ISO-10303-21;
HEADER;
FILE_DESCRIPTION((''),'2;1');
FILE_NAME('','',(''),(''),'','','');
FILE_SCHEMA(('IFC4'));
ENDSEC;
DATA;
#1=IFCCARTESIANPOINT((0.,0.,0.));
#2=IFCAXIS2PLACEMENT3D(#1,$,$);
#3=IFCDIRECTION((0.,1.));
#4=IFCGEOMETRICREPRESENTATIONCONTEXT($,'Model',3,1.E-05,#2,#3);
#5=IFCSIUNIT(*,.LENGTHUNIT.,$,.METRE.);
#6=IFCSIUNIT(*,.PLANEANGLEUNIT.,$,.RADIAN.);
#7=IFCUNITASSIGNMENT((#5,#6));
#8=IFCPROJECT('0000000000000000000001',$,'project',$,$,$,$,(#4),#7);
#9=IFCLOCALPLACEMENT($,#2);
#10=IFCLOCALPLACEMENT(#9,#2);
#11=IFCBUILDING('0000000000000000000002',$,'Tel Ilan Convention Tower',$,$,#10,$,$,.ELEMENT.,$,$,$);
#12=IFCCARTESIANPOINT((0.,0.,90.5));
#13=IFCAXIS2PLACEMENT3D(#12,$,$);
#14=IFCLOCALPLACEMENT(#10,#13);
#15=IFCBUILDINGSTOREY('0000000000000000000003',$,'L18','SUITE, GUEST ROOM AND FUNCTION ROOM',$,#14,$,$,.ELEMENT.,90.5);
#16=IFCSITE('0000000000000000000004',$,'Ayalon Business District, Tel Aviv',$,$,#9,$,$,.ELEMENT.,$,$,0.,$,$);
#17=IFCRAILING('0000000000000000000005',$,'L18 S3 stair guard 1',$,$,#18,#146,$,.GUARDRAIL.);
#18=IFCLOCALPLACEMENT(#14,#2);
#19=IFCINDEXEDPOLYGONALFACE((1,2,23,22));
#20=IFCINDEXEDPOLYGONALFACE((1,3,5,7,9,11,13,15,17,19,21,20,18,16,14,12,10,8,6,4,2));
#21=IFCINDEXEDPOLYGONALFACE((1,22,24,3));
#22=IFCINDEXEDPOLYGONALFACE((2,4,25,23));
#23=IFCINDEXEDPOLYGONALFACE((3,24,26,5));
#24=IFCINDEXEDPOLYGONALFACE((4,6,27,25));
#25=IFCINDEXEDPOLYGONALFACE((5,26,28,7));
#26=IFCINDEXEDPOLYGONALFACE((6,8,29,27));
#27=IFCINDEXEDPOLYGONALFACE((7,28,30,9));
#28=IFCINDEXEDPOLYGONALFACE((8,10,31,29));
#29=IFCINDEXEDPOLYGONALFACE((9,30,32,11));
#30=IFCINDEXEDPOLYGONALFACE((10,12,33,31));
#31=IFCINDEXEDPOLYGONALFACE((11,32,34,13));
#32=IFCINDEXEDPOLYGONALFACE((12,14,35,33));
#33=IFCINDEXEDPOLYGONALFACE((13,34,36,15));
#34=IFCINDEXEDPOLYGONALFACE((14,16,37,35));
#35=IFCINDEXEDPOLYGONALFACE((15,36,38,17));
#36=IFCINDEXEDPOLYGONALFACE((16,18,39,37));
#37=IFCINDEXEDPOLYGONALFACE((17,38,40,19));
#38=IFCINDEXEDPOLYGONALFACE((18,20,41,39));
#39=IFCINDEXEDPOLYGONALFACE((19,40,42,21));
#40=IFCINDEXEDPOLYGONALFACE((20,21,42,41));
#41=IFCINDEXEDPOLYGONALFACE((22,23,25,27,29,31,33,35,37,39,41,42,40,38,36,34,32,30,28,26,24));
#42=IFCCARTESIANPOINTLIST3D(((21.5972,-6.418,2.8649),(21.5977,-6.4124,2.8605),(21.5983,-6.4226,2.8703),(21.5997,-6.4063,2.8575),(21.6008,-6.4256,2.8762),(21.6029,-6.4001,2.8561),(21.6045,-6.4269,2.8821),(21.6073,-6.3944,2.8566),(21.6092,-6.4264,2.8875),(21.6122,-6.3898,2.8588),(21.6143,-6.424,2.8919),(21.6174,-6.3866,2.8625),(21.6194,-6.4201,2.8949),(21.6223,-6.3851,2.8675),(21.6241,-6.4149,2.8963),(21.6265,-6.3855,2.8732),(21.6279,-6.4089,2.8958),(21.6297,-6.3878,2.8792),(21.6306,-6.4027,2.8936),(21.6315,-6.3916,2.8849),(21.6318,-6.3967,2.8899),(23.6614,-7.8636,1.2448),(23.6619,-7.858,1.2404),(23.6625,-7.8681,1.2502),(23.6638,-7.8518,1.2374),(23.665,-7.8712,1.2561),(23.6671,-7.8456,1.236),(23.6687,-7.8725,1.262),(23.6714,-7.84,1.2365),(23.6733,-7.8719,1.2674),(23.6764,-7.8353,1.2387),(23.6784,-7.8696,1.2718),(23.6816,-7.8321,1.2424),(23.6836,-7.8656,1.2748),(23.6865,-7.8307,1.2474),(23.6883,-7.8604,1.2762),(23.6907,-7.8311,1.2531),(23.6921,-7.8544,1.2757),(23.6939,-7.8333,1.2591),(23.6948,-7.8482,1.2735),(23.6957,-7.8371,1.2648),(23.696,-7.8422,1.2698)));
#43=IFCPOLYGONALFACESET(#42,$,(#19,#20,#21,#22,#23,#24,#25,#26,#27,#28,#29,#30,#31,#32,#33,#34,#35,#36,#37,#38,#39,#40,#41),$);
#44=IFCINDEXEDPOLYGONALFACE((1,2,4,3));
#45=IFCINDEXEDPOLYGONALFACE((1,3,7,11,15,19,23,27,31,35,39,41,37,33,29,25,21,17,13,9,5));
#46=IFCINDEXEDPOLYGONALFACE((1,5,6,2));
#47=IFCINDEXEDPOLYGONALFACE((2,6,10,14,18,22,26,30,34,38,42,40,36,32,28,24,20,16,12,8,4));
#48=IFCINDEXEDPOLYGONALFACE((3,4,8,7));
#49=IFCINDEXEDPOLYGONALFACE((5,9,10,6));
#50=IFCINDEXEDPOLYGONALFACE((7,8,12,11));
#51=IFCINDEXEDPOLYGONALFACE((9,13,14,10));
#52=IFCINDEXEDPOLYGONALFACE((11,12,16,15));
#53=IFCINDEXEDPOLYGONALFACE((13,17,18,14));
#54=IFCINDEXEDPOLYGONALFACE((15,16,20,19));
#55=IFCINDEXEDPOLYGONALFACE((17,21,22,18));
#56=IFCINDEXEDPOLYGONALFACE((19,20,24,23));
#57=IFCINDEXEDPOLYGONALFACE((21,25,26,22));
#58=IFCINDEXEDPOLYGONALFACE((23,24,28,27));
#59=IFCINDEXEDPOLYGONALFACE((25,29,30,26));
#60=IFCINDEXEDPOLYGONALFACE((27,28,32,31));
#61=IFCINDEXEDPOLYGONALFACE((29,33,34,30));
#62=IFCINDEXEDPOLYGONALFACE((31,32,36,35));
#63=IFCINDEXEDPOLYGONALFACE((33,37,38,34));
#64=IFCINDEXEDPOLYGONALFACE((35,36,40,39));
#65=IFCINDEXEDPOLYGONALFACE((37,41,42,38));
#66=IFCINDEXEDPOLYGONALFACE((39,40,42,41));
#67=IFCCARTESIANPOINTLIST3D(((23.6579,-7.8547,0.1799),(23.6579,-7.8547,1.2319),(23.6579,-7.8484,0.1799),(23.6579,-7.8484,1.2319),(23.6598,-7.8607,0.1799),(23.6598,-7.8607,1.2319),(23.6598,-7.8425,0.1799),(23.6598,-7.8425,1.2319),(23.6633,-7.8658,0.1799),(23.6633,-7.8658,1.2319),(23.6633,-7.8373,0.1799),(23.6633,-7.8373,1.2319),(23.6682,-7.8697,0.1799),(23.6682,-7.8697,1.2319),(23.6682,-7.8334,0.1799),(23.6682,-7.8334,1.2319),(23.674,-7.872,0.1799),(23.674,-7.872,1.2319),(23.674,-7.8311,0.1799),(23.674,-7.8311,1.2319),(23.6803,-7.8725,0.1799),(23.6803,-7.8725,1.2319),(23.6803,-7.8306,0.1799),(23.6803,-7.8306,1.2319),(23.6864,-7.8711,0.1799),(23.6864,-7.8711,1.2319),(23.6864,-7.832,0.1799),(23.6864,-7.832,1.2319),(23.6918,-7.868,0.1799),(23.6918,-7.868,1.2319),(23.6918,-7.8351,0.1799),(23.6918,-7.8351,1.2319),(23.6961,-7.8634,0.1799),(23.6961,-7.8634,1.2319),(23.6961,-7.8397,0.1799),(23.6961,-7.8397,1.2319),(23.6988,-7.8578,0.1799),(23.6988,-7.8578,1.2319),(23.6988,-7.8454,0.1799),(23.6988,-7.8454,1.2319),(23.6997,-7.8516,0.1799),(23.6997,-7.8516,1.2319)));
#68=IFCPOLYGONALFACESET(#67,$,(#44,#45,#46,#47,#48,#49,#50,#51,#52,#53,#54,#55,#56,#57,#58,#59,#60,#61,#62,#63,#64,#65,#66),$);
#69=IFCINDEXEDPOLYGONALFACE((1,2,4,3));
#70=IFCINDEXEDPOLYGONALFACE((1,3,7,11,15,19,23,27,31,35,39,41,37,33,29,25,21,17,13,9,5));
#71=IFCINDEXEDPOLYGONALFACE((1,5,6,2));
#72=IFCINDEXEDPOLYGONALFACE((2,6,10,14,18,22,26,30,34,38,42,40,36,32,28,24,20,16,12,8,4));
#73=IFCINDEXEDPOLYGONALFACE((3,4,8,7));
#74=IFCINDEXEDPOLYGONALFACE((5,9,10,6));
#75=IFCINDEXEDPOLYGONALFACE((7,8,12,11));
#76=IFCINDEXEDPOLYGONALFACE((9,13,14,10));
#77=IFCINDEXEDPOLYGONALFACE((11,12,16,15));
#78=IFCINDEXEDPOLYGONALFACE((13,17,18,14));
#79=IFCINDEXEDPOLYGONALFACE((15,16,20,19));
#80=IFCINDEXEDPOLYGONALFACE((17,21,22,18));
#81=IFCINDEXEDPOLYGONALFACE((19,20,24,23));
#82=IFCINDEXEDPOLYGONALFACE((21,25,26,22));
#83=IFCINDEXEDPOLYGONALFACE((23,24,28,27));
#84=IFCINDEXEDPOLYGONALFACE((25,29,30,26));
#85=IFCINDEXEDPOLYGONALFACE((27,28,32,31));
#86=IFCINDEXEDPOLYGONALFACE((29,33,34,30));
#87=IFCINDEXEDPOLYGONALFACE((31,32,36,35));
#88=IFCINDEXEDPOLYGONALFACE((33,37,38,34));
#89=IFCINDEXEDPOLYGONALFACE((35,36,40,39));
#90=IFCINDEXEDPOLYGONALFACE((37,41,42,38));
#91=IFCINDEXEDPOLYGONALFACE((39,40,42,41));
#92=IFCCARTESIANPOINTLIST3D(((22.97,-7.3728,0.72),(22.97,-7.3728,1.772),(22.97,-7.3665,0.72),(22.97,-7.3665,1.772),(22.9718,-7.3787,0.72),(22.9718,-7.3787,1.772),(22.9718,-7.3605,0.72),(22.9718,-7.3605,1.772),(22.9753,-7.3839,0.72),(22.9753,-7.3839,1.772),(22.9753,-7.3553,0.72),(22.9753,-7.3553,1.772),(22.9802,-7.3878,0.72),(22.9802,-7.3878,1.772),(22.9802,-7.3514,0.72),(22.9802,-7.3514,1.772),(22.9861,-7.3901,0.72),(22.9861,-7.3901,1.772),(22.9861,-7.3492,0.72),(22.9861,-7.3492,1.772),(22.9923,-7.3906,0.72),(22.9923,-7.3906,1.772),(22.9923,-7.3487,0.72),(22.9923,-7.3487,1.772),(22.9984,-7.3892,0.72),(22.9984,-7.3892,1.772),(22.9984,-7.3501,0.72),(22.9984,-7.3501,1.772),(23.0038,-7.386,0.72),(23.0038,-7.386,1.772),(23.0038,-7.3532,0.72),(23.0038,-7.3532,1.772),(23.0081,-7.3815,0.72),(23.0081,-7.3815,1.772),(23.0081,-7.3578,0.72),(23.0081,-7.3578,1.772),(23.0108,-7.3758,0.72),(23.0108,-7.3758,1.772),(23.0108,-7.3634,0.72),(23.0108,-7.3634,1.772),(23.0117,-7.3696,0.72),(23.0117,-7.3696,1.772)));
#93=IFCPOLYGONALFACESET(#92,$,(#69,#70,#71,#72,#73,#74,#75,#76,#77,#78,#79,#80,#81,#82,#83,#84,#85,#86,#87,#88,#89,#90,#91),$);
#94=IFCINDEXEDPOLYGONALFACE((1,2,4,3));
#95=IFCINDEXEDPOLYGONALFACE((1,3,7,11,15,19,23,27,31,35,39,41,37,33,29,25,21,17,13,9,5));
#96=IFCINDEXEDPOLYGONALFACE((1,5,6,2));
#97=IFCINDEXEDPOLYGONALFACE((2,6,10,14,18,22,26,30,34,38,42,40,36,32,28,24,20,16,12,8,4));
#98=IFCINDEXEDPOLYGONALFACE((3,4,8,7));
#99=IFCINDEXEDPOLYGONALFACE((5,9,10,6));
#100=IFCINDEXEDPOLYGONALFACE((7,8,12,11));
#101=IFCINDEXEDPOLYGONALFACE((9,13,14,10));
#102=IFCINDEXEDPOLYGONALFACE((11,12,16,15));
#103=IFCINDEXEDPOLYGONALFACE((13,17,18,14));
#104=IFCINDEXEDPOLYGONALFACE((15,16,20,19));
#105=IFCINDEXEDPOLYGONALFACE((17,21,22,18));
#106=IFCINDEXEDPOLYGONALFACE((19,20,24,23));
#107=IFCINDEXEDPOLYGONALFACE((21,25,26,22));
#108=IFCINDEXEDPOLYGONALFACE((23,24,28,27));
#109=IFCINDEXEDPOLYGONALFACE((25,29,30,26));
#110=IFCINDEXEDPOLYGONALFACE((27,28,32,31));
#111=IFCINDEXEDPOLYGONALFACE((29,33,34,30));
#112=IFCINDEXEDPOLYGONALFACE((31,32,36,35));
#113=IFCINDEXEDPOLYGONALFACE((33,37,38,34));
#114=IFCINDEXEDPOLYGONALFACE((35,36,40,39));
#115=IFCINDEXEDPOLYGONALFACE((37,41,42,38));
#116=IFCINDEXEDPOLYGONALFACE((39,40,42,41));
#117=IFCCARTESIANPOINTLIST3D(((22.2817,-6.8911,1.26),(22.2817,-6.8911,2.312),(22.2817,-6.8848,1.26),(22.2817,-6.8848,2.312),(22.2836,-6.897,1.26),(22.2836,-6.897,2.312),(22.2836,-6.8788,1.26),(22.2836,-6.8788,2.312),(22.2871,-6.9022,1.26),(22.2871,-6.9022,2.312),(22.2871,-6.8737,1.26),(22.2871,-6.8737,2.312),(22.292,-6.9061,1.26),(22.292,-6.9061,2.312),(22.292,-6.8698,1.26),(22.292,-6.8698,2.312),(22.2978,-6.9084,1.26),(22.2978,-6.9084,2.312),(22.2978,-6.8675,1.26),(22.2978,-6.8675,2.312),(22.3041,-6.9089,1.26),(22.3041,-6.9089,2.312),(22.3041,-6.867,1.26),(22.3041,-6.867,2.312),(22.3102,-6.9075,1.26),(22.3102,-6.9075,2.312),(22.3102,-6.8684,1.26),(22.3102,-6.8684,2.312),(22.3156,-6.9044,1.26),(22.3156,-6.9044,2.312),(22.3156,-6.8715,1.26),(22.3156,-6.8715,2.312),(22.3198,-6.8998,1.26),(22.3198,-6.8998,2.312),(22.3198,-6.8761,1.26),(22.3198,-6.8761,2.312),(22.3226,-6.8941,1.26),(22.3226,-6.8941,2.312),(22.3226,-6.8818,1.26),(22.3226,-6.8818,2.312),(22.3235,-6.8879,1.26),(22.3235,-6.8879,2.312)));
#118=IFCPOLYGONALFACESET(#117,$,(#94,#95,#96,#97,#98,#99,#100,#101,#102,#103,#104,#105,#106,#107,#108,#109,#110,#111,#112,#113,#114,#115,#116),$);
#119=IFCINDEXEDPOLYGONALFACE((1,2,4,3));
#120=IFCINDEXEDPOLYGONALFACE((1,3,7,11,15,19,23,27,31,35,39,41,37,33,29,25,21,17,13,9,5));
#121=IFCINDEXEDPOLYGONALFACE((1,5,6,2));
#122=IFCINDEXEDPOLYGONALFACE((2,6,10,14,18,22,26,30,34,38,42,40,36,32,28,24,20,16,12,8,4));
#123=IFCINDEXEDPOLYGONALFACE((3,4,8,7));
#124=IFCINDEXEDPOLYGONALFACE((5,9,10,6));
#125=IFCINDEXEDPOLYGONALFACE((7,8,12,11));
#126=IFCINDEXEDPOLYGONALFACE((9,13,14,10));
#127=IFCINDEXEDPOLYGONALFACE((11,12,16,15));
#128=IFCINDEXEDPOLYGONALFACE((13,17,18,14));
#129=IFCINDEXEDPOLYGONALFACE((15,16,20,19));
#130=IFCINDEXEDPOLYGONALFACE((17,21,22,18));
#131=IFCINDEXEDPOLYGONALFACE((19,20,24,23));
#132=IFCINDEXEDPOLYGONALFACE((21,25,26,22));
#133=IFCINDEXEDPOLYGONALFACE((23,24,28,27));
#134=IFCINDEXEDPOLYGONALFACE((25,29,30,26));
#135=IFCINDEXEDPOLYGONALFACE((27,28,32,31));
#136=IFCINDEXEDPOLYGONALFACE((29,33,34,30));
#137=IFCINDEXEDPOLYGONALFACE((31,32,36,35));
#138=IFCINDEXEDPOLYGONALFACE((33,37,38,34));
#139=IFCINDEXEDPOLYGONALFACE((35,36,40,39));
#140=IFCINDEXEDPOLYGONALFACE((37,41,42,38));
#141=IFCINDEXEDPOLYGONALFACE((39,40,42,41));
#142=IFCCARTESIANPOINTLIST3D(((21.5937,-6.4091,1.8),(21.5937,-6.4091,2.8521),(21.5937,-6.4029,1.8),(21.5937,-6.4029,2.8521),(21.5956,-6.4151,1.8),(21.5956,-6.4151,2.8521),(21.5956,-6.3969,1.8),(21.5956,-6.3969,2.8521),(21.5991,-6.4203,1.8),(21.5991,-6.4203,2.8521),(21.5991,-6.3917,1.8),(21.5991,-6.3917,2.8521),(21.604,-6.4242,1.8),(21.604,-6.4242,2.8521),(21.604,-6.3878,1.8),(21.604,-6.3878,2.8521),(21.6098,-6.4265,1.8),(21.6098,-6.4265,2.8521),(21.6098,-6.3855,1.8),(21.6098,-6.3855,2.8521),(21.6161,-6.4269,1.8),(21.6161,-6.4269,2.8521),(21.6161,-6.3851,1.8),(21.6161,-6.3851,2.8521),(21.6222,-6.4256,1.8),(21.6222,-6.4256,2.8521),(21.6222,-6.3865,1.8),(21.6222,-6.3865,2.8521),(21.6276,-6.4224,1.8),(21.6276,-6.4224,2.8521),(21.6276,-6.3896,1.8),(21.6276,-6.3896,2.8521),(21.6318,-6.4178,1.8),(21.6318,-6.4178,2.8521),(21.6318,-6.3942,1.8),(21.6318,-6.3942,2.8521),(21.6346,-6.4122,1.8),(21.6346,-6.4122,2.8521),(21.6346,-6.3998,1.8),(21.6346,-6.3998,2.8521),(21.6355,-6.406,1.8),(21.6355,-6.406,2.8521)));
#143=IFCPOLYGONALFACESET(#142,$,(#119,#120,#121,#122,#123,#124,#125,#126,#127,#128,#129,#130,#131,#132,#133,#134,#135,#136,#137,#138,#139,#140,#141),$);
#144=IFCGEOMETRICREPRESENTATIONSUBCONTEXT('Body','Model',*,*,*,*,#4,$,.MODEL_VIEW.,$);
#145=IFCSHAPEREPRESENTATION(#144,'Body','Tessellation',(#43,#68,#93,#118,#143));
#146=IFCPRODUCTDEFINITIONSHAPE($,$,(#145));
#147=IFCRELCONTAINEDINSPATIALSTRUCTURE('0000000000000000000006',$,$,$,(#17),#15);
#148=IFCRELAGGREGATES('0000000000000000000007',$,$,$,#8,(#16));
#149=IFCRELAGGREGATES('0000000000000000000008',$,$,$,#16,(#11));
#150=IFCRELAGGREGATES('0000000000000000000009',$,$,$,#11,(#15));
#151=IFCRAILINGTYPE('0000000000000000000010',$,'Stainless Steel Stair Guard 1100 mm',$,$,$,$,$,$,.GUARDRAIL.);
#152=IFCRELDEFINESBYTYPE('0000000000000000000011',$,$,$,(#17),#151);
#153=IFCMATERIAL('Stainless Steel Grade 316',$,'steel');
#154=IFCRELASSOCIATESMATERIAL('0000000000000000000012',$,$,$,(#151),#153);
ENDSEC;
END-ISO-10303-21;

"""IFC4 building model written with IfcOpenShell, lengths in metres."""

from ifc_helpers import new_model, si_unit, direction, frame, origin, origin_2d, place, context, subcontext, project, spatial, circle, extrude, material, type_object, element, save


model = new_model("IFC4")

# Units and contexts
model_context = context("Model", 3, precision=1e-05, world=origin(), true_north=direction((0.0, 1.0)))
body_context = subcontext(model_context, "Body", "Model", "MODEL_VIEW")
ifc_project = project(units=[si_unit("LENGTHUNIT", "METRE"), si_unit("PLANEANGLEUNIT", "RADIAN")], contexts=[model_context])

# Site, building, storey
site_placement = place(None, origin())
site = spatial("IfcSite", under=ifc_project, at=site_placement, Name="Ayalon Business District, Tel Aviv", CompositionType="ELEMENT", RefElevation=0.0)
building_placement = place(site_placement, origin())
building = spatial("IfcBuilding", under=site, at=building_placement, Name="Tel Ilan Convention Tower", CompositionType="ELEMENT")
storey_placement = place(building_placement, frame((0.0, 0.0, 90.5)))
storey = spatial("IfcBuildingStorey", under=building, at=storey_placement, Name="L18", Description="SUITE, GUEST ROOM AND FUNCTION ROOM", CompositionType="ELEMENT", Elevation=90.5)

# Railing
ifc_material_1 = material(Name="Stainless Steel Grade 316", Category="steel")
railing_type_1 = type_object("IfcRailingType", Name="Stainless Steel Stair Guard 1100 mm", PredefinedType="GUARDRAIL", material=ifc_material_1)
railing_1_placement = place(storey_placement, frame((23.6787, -7.8516, 0.1799)))
element("IfcRailing", 1, at=railing_1_placement, inside=storey, type_object=railing_type_1, Name="L18 S3 stair guard 1", PredefinedType="GUARDRAIL", context=body_context, shape_type="SweptSolid", body=[
    extrude(circle(Radius=0.0239, at=origin_2d()), frame((0.0, 0.0, 1.0762), z_axis=(-0.689013, 0.482513, 0.540779), x_axis=(-0.573625, -0.819118, 0.0)), (0.0, 0.0, 1.0), 2.9958),
    extrude(circle(Radius=0.021, at=origin_2d()), origin(), (0.0, 0.0, 1.0), 1.052),
    extrude(circle(Radius=0.021, at=origin_2d()), frame((-0.688, 0.4819, 0.54)), (0.0, 0.0, 1.0), 1.052),
    extrude(circle(Radius=0.021, at=origin_2d()), frame((-1.3762, 0.9636, 1.0801)), (0.0, 0.0, 1.0), 1.052),
    extrude(circle(Radius=0.021, at=origin_2d()), frame((-2.0642, 1.4456, 1.6201)), (0.0, 0.0, 1.0), 1.052),
])

save(model, "model.ifc")
